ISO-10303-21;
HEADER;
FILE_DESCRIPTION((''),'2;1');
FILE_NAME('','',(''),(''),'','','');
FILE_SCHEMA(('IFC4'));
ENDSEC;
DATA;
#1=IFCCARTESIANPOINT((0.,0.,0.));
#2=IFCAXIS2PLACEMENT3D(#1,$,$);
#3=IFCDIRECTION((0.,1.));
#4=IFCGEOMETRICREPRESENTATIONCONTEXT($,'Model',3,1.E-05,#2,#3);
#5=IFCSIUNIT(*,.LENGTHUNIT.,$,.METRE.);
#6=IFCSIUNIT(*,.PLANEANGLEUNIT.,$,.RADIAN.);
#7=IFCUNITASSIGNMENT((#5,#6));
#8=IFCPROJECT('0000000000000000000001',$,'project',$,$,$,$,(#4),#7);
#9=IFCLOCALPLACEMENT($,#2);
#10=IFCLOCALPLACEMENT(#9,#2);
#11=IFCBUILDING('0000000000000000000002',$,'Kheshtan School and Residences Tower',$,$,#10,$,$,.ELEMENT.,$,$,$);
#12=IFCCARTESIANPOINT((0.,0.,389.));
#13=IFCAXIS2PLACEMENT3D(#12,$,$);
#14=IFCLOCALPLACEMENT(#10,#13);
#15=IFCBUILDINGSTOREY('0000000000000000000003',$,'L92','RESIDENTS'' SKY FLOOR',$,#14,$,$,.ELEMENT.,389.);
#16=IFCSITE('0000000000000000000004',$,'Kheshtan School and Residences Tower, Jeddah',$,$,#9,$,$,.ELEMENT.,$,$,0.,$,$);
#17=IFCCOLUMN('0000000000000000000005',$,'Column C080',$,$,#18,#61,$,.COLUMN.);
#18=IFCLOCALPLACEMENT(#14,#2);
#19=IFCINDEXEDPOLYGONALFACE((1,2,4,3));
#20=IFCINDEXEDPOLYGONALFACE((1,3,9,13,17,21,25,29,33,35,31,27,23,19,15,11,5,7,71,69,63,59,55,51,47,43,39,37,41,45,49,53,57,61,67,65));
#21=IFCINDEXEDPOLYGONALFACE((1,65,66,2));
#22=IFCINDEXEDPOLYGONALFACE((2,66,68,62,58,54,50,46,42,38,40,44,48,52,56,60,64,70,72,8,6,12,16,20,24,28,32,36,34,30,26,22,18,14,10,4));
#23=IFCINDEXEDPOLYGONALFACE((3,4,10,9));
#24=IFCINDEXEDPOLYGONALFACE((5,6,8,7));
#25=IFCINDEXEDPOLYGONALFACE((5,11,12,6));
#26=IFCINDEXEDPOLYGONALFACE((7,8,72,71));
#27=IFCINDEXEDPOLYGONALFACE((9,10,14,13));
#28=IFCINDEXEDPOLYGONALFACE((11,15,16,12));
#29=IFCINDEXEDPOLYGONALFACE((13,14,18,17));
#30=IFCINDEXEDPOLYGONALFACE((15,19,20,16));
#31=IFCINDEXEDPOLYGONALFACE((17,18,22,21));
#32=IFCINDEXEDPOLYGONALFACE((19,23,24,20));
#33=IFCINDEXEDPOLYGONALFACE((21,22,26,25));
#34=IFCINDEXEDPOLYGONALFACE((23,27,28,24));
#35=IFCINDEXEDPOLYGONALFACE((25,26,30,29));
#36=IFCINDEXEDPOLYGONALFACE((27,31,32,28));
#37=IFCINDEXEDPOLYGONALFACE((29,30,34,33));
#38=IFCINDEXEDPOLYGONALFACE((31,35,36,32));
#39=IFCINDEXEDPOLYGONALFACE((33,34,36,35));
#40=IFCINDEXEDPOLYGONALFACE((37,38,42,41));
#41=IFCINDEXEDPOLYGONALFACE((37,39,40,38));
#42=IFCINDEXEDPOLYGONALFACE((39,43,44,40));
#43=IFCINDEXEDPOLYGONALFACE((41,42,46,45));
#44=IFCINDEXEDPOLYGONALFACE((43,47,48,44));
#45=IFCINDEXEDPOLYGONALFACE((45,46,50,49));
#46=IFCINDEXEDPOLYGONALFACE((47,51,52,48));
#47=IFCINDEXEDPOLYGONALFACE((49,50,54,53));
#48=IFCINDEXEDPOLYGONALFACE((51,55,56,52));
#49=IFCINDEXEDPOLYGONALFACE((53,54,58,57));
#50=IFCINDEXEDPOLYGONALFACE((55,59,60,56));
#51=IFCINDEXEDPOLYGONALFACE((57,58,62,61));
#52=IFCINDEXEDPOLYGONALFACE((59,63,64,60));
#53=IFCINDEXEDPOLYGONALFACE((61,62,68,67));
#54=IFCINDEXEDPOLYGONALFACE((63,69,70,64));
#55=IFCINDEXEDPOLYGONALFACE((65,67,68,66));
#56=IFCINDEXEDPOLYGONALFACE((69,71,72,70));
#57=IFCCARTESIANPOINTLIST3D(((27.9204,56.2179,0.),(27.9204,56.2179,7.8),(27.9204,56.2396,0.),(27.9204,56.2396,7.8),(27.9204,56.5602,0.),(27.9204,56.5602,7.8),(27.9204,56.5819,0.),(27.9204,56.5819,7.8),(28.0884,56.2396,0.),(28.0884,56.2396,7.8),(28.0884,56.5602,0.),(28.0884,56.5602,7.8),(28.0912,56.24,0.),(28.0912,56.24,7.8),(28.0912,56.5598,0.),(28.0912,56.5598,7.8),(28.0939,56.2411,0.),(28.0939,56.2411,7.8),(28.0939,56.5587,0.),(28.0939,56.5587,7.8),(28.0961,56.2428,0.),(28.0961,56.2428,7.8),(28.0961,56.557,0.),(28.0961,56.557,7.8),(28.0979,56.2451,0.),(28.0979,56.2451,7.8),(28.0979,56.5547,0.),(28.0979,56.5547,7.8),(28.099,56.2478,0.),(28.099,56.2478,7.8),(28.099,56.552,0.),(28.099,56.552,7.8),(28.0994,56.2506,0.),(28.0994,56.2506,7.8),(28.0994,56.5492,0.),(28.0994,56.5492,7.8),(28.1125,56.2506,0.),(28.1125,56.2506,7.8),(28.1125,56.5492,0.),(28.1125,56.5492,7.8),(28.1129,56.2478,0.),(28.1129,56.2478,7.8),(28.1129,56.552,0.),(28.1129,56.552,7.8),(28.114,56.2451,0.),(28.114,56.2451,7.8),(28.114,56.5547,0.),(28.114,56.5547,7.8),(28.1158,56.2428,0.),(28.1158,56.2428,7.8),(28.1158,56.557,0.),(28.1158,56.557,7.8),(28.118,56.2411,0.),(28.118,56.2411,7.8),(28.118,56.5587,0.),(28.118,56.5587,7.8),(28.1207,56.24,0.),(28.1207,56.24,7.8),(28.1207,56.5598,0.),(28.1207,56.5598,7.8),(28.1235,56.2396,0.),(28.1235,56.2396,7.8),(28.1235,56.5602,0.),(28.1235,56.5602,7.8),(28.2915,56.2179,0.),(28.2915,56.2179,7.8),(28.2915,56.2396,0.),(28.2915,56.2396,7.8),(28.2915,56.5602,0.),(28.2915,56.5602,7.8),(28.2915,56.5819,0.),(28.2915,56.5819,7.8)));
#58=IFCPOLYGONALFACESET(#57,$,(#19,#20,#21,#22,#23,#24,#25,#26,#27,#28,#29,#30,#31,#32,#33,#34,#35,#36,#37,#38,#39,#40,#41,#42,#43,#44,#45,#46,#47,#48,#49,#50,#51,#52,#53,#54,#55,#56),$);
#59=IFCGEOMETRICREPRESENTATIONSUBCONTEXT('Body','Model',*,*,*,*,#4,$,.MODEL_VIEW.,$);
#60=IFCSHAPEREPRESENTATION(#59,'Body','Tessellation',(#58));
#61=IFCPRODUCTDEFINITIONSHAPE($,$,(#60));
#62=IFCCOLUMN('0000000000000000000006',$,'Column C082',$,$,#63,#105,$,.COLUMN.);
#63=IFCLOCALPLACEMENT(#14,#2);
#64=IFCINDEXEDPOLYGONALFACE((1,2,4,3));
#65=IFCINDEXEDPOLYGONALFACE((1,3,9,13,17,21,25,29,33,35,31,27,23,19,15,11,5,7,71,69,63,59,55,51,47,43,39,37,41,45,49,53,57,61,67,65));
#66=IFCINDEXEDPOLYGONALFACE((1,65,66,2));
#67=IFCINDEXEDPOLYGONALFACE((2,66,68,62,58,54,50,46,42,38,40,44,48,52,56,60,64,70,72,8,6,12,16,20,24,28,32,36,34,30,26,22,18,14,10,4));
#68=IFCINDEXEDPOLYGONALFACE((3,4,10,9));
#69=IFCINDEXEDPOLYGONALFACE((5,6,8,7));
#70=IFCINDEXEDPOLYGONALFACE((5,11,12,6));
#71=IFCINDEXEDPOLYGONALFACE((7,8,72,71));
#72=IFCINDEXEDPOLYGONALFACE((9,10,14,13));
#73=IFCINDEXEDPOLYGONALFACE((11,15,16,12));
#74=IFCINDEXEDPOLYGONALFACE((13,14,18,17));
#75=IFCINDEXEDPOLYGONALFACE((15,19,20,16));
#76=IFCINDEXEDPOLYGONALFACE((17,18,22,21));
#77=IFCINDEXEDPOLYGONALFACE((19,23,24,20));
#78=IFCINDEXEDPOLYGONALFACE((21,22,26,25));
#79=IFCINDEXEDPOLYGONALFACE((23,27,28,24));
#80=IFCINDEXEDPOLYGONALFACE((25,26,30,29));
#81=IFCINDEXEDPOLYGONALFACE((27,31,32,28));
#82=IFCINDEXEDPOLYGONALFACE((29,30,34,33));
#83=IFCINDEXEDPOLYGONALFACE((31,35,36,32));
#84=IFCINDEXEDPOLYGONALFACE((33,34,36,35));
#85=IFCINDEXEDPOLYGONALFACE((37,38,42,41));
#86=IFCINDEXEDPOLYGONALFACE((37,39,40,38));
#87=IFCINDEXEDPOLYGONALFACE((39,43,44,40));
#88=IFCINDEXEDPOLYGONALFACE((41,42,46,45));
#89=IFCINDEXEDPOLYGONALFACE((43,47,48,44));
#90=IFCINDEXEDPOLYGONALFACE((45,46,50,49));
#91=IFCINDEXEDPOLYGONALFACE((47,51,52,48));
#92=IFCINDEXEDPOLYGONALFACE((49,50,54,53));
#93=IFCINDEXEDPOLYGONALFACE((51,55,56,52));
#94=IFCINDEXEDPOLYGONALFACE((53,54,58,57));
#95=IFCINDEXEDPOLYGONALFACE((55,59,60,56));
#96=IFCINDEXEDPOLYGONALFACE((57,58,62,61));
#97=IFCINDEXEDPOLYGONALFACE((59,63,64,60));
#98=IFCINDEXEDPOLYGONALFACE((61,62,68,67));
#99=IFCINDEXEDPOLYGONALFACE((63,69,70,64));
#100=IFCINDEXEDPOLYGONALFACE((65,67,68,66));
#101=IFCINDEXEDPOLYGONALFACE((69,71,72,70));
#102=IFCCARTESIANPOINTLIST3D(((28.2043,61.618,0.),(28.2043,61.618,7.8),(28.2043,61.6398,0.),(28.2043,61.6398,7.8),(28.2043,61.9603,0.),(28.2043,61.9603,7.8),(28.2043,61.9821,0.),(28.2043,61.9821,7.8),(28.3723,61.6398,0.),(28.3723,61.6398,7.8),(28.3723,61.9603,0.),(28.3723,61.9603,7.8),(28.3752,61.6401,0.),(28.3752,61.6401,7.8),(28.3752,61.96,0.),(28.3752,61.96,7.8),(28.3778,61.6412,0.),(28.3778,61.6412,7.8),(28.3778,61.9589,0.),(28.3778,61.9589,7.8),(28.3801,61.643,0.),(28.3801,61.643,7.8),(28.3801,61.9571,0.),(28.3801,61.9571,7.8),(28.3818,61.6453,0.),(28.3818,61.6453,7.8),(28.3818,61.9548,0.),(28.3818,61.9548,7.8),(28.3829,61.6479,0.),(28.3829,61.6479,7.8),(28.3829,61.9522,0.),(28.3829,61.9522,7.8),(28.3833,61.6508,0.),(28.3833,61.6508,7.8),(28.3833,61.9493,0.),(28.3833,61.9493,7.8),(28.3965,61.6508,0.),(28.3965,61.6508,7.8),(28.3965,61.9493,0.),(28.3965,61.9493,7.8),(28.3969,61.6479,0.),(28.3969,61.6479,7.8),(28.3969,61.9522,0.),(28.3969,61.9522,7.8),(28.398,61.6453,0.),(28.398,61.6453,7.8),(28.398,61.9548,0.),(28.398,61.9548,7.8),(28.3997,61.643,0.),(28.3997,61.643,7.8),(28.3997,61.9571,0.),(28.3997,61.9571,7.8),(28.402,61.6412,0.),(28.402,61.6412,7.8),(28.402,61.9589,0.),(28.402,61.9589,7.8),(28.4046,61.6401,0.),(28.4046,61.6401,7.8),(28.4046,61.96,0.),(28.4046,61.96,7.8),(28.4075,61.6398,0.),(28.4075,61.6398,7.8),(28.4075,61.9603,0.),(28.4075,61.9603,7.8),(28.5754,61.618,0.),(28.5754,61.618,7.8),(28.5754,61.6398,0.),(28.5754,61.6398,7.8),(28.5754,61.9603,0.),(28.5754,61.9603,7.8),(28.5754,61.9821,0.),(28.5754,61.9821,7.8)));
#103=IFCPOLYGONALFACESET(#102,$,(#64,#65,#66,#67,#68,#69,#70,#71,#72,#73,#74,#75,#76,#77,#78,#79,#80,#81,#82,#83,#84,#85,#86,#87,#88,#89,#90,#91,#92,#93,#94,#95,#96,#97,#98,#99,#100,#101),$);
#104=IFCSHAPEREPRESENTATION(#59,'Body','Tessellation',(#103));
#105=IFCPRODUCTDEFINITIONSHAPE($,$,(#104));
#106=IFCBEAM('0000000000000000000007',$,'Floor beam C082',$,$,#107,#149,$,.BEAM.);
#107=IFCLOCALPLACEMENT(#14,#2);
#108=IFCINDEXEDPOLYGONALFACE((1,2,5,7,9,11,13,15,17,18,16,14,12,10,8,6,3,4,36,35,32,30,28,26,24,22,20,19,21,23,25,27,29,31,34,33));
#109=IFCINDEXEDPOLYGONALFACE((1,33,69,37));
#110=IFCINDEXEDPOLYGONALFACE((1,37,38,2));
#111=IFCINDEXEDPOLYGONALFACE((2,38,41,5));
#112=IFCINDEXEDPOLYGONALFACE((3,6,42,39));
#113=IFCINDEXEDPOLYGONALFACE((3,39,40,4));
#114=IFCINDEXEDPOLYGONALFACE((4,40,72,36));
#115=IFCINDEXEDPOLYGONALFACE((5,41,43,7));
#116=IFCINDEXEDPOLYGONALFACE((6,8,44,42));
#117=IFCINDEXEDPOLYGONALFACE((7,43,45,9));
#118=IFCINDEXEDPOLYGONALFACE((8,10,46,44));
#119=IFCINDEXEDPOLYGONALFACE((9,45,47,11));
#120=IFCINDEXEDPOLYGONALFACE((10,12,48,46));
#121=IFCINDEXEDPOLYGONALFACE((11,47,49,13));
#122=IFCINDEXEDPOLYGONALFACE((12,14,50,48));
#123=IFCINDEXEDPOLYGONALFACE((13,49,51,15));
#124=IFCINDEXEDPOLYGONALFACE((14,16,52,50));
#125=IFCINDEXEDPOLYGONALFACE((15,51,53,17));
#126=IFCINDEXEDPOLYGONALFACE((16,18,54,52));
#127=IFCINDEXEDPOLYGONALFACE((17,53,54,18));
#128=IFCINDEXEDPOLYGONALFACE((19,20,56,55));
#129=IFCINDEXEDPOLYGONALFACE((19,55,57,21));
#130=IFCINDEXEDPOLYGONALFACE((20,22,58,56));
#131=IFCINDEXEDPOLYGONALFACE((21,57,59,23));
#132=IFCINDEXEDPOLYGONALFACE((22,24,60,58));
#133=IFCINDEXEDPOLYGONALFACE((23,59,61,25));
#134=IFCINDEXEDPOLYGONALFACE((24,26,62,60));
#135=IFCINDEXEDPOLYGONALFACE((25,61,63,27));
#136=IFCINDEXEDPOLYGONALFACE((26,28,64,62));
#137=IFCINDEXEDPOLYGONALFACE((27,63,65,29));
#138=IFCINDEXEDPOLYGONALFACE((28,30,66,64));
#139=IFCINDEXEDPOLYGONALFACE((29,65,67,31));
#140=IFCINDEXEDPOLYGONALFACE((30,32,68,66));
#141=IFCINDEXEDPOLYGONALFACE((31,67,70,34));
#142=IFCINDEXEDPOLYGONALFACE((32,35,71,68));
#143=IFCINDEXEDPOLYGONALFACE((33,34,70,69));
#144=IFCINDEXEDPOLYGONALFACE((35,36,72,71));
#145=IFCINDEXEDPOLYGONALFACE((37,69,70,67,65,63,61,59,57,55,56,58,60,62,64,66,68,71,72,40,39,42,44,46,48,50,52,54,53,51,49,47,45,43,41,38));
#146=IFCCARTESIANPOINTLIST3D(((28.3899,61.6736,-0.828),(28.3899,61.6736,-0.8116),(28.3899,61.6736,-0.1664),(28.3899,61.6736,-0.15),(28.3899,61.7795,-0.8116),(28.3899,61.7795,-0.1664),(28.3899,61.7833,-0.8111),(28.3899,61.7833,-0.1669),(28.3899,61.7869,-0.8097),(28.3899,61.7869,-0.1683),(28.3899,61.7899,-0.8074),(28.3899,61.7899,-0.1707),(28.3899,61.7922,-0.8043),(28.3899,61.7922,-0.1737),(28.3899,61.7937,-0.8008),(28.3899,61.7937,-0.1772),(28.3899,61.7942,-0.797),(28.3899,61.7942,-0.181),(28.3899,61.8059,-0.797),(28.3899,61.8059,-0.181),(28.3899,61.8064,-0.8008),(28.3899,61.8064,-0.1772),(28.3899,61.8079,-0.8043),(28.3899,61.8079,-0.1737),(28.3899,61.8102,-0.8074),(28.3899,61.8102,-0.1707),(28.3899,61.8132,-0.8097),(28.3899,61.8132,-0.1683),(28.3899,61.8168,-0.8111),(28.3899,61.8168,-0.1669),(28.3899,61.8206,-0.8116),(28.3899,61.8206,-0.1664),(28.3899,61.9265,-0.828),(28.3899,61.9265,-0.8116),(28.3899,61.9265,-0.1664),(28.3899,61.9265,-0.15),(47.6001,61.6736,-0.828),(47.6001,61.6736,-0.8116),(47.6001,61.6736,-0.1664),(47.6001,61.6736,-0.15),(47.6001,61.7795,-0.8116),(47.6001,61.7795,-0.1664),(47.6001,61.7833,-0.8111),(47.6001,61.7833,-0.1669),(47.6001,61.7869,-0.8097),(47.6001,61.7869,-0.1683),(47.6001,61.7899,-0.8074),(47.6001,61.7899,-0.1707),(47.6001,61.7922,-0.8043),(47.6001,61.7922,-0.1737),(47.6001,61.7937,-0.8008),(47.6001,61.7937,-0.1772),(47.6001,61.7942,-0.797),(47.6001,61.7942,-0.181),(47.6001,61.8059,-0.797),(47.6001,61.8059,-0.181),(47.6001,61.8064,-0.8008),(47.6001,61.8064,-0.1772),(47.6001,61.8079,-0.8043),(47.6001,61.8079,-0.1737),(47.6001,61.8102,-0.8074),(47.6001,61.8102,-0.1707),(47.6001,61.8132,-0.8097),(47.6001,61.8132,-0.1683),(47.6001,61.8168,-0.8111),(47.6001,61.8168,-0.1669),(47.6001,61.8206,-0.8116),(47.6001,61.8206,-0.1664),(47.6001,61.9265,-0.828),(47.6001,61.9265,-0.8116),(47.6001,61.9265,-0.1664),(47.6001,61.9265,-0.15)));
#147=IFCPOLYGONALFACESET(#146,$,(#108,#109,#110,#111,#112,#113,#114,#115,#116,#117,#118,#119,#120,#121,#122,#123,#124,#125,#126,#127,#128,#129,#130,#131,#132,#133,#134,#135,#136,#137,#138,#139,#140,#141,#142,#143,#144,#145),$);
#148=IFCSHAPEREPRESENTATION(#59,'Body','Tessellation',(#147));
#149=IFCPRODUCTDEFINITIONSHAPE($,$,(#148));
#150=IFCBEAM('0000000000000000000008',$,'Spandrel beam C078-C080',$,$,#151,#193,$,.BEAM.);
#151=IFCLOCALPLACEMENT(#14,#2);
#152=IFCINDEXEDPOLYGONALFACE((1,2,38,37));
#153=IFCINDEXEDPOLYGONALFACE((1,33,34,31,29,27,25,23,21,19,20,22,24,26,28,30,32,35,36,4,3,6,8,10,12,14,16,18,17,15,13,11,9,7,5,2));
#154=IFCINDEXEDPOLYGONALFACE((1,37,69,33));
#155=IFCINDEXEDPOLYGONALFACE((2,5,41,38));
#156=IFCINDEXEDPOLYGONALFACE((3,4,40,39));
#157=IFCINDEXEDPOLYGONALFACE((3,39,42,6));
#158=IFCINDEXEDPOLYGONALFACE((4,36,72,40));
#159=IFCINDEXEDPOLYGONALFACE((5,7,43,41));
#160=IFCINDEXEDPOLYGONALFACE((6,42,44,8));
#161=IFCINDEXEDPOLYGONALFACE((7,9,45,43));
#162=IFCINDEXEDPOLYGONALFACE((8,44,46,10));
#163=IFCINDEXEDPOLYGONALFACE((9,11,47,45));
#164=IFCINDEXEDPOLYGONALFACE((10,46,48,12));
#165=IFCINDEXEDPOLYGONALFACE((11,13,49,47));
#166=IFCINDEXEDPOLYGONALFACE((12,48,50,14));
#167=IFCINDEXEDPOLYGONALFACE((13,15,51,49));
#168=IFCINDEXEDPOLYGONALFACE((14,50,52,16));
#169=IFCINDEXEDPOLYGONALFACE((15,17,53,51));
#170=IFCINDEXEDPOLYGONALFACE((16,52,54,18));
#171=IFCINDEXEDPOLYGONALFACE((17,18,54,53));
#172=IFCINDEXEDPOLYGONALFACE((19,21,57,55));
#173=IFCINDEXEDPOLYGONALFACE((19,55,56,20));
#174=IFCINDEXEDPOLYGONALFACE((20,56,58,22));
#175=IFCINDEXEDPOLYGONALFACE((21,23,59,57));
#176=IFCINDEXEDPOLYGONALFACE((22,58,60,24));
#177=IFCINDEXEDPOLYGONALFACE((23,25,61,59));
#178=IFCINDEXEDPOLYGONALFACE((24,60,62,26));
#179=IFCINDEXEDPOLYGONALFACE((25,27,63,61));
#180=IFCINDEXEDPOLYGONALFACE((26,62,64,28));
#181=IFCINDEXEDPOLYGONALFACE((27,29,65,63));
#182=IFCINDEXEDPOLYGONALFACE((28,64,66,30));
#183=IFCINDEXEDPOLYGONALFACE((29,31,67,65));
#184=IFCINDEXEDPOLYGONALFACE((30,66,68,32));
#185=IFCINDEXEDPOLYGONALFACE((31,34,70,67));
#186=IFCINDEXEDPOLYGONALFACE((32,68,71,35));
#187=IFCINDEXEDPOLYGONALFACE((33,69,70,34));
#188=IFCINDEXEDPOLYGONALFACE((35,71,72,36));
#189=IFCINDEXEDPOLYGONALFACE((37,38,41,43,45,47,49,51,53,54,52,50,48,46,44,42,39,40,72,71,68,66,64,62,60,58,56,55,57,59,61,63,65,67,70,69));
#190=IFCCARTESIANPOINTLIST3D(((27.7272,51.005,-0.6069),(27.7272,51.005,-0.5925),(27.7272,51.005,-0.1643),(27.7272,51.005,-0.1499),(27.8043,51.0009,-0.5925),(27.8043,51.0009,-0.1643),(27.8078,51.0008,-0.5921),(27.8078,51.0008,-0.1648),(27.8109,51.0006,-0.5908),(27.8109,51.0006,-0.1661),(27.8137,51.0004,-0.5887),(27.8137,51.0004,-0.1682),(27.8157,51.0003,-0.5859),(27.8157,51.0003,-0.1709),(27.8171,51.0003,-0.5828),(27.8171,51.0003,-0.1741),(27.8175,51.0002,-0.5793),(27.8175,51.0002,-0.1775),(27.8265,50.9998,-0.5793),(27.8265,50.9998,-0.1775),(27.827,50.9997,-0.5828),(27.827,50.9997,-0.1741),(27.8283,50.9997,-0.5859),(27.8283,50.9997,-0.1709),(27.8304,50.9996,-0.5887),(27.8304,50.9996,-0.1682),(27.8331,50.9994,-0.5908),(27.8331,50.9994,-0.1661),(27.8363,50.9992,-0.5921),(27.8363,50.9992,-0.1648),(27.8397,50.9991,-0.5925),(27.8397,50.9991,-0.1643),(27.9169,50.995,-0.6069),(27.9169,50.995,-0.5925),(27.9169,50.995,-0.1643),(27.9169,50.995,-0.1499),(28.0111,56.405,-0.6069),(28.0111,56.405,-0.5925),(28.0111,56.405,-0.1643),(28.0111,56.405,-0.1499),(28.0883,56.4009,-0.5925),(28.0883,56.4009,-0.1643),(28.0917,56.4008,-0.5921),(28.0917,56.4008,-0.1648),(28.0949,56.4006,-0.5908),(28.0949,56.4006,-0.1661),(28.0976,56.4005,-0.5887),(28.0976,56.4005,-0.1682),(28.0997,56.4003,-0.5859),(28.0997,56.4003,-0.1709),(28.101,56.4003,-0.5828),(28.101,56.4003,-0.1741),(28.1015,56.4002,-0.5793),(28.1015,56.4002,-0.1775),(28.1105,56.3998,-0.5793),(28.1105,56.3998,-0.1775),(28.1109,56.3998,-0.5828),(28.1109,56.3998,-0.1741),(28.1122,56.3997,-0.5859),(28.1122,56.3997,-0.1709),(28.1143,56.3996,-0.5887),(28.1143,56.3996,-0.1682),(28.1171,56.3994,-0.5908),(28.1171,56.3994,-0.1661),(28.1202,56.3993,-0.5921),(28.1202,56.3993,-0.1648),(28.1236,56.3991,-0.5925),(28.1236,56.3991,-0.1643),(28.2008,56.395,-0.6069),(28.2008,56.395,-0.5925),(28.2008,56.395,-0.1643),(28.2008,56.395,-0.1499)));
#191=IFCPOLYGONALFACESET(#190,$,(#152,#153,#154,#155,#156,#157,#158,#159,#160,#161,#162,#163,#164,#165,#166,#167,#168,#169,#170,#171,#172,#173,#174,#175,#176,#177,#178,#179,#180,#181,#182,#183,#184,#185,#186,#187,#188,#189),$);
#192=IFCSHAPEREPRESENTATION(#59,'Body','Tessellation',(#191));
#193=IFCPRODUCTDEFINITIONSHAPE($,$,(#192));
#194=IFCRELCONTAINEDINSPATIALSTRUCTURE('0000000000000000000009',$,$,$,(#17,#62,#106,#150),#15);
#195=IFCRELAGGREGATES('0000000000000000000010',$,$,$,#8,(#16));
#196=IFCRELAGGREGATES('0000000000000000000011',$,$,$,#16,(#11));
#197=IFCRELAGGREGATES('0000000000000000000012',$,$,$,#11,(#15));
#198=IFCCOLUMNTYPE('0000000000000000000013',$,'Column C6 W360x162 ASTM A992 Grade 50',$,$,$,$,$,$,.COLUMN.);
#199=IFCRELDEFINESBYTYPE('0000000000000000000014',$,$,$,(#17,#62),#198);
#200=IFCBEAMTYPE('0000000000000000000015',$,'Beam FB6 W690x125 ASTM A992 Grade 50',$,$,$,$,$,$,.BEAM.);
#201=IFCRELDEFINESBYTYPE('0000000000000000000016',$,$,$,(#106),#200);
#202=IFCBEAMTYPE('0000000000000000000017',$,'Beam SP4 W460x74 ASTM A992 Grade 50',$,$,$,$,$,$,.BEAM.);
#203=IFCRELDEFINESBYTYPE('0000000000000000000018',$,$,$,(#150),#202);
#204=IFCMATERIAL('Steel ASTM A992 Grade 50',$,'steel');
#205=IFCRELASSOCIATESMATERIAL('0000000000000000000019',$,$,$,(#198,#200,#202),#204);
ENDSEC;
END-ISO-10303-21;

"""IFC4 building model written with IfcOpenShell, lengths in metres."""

from ifc_helpers import new_model, si_unit, direction, frame, origin, origin_2d, place, context, subcontext, project, spatial, i_section, extrude, material, material_profile, profile_set, type_object, element, save


model = new_model("IFC4")

# Units and contexts
model_context = context("Model", 3, precision=1e-05, world=origin(), true_north=direction((0.0, 1.0)))
body_context = subcontext(model_context, "Body", "Model", "MODEL_VIEW")
ifc_project = project(units=[si_unit("LENGTHUNIT", "METRE"), si_unit("PLANEANGLEUNIT", "RADIAN")], contexts=[model_context])

# Site, building, storey
site_placement = place(None, origin())
site = spatial("IfcSite", under=ifc_project, at=site_placement, Name="Kheshtan School and Residences Tower, Jeddah", CompositionType="ELEMENT", RefElevation=0.0)
building_placement = place(site_placement, origin())
building = spatial("IfcBuilding", under=site, at=building_placement, Name="Kheshtan School and Residences Tower", CompositionType="ELEMENT")
storey_placement = place(building_placement, frame((0.0, 0.0, 389.0)))
storey = spatial("IfcBuildingStorey", under=building, at=storey_placement, Name="L92", Description="RESIDENTS' SKY FLOOR", CompositionType="ELEMENT", Elevation=389.0)

# Columns
ifc_material_1 = material(Name="Steel ASTM A992 Grade 50", Category="steel")
ifc_material_profile_1 = material_profile(ifc_material_1, i_section(OverallWidth=0.3711, OverallDepth=0.364, WebThickness=0.0132, FlangeThickness=0.0217, FilletRadius=0.011, at=origin_2d()), Name="W360x162")
ifc_profile_set_1 = profile_set([ifc_material_profile_1], Name="Steel ASTM A992 Grade 50")
column_type = type_object("IfcColumnType", Name="Column C6 W360x162 ASTM A992 Grade 50", PredefinedType="COLUMN", material=ifc_profile_set_1)
for number, where, z_axis, x_axis, name in (
    (1, (28.106, 56.3999, 0.0), (0.0, 0.0, 1.0), (1.0, 0.0, 0.0), "Column C080"),
    (2, (28.3899, 61.8, 0.0), (0.0, 0.0, 1.0), (1.0, 0.0, 0.0), "Column C082"),
):
    element("IfcColumn", number, at=place(storey_placement, frame(where, z_axis=z_axis, x_axis=x_axis)), inside=storey, type_object=column_type, Name=name, PredefinedType="COLUMN", context=body_context, shape_type="SweptSolid", body=[
        extrude(i_section(OverallWidth=0.3711, OverallDepth=0.364, WebThickness=0.0132, FlangeThickness=0.0217, FilletRadius=0.011, at=origin_2d()), origin(), (0.0, 0.0, 1.0), 7.8),
    ])

# Beams
ifc_material_profile_2 = material_profile(ifc_material_1, i_section(OverallWidth=0.2529, OverallDepth=0.678, WebThickness=0.0117, FlangeThickness=0.0164, FilletRadius=0.0146, at=origin_2d()), Name="W690x125")
ifc_profile_set_2 = profile_set([ifc_material_profile_2], Name="Steel ASTM A992 Grade 50")
beam_type_1 = type_object("IfcBeamType", Name="Beam FB6 W690x125 ASTM A992 Grade 50", PredefinedType="BEAM", material=ifc_profile_set_2)
beam_1_placement = place(storey_placement, frame((28.3899, 61.8, -0.489), z_axis=(1.0, 0.0, 0.0), x_axis=(0.0, 1.0, 0.0)))
element("IfcBeam", 3, at=beam_1_placement, inside=storey, type_object=beam_type_1, Name="Floor beam C082", PredefinedType="BEAM", context=body_context, shape_type="SweptSolid", body=[
    extrude(i_section(OverallWidth=0.2529, OverallDepth=0.678, WebThickness=0.0117, FlangeThickness=0.0164, FilletRadius=0.0146, at=origin_2d()), origin(), (0.0, 0.0, 1.0), 19.2102),
])
ifc_material_profile_3 = material_profile(ifc_material_1, i_section(OverallWidth=0.1899, OverallDepth=0.457, WebThickness=0.009, FlangeThickness=0.0144, FilletRadius=0.0132, at=origin_2d()), Name="W460x74")
ifc_profile_set_3 = profile_set([ifc_material_profile_3], Name="Steel ASTM A992 Grade 50")
beam_type_2 = type_object("IfcBeamType", Name="Beam SP4 W460x74 ASTM A992 Grade 50", PredefinedType="BEAM", material=ifc_profile_set_3)
beam_2_placement = place(storey_placement, frame((27.822, 51.0, -0.3784), z_axis=(0.052509, 0.99862, 0.0), x_axis=(-0.99862, 0.052509, 0.0)))
element("IfcBeam", 4, at=beam_2_placement, inside=storey, type_object=beam_type_2, Name="Spandrel beam C078-C080", PredefinedType="BEAM", context=body_context, shape_type="SweptSolid", body=[
    extrude(i_section(OverallWidth=0.1899, OverallDepth=0.457, WebThickness=0.009, FlangeThickness=0.0144, FilletRadius=0.0132, at=origin_2d()), origin(), (0.0, 0.0, 1.0), 5.4075),
])

save(model, "model.ifc")
